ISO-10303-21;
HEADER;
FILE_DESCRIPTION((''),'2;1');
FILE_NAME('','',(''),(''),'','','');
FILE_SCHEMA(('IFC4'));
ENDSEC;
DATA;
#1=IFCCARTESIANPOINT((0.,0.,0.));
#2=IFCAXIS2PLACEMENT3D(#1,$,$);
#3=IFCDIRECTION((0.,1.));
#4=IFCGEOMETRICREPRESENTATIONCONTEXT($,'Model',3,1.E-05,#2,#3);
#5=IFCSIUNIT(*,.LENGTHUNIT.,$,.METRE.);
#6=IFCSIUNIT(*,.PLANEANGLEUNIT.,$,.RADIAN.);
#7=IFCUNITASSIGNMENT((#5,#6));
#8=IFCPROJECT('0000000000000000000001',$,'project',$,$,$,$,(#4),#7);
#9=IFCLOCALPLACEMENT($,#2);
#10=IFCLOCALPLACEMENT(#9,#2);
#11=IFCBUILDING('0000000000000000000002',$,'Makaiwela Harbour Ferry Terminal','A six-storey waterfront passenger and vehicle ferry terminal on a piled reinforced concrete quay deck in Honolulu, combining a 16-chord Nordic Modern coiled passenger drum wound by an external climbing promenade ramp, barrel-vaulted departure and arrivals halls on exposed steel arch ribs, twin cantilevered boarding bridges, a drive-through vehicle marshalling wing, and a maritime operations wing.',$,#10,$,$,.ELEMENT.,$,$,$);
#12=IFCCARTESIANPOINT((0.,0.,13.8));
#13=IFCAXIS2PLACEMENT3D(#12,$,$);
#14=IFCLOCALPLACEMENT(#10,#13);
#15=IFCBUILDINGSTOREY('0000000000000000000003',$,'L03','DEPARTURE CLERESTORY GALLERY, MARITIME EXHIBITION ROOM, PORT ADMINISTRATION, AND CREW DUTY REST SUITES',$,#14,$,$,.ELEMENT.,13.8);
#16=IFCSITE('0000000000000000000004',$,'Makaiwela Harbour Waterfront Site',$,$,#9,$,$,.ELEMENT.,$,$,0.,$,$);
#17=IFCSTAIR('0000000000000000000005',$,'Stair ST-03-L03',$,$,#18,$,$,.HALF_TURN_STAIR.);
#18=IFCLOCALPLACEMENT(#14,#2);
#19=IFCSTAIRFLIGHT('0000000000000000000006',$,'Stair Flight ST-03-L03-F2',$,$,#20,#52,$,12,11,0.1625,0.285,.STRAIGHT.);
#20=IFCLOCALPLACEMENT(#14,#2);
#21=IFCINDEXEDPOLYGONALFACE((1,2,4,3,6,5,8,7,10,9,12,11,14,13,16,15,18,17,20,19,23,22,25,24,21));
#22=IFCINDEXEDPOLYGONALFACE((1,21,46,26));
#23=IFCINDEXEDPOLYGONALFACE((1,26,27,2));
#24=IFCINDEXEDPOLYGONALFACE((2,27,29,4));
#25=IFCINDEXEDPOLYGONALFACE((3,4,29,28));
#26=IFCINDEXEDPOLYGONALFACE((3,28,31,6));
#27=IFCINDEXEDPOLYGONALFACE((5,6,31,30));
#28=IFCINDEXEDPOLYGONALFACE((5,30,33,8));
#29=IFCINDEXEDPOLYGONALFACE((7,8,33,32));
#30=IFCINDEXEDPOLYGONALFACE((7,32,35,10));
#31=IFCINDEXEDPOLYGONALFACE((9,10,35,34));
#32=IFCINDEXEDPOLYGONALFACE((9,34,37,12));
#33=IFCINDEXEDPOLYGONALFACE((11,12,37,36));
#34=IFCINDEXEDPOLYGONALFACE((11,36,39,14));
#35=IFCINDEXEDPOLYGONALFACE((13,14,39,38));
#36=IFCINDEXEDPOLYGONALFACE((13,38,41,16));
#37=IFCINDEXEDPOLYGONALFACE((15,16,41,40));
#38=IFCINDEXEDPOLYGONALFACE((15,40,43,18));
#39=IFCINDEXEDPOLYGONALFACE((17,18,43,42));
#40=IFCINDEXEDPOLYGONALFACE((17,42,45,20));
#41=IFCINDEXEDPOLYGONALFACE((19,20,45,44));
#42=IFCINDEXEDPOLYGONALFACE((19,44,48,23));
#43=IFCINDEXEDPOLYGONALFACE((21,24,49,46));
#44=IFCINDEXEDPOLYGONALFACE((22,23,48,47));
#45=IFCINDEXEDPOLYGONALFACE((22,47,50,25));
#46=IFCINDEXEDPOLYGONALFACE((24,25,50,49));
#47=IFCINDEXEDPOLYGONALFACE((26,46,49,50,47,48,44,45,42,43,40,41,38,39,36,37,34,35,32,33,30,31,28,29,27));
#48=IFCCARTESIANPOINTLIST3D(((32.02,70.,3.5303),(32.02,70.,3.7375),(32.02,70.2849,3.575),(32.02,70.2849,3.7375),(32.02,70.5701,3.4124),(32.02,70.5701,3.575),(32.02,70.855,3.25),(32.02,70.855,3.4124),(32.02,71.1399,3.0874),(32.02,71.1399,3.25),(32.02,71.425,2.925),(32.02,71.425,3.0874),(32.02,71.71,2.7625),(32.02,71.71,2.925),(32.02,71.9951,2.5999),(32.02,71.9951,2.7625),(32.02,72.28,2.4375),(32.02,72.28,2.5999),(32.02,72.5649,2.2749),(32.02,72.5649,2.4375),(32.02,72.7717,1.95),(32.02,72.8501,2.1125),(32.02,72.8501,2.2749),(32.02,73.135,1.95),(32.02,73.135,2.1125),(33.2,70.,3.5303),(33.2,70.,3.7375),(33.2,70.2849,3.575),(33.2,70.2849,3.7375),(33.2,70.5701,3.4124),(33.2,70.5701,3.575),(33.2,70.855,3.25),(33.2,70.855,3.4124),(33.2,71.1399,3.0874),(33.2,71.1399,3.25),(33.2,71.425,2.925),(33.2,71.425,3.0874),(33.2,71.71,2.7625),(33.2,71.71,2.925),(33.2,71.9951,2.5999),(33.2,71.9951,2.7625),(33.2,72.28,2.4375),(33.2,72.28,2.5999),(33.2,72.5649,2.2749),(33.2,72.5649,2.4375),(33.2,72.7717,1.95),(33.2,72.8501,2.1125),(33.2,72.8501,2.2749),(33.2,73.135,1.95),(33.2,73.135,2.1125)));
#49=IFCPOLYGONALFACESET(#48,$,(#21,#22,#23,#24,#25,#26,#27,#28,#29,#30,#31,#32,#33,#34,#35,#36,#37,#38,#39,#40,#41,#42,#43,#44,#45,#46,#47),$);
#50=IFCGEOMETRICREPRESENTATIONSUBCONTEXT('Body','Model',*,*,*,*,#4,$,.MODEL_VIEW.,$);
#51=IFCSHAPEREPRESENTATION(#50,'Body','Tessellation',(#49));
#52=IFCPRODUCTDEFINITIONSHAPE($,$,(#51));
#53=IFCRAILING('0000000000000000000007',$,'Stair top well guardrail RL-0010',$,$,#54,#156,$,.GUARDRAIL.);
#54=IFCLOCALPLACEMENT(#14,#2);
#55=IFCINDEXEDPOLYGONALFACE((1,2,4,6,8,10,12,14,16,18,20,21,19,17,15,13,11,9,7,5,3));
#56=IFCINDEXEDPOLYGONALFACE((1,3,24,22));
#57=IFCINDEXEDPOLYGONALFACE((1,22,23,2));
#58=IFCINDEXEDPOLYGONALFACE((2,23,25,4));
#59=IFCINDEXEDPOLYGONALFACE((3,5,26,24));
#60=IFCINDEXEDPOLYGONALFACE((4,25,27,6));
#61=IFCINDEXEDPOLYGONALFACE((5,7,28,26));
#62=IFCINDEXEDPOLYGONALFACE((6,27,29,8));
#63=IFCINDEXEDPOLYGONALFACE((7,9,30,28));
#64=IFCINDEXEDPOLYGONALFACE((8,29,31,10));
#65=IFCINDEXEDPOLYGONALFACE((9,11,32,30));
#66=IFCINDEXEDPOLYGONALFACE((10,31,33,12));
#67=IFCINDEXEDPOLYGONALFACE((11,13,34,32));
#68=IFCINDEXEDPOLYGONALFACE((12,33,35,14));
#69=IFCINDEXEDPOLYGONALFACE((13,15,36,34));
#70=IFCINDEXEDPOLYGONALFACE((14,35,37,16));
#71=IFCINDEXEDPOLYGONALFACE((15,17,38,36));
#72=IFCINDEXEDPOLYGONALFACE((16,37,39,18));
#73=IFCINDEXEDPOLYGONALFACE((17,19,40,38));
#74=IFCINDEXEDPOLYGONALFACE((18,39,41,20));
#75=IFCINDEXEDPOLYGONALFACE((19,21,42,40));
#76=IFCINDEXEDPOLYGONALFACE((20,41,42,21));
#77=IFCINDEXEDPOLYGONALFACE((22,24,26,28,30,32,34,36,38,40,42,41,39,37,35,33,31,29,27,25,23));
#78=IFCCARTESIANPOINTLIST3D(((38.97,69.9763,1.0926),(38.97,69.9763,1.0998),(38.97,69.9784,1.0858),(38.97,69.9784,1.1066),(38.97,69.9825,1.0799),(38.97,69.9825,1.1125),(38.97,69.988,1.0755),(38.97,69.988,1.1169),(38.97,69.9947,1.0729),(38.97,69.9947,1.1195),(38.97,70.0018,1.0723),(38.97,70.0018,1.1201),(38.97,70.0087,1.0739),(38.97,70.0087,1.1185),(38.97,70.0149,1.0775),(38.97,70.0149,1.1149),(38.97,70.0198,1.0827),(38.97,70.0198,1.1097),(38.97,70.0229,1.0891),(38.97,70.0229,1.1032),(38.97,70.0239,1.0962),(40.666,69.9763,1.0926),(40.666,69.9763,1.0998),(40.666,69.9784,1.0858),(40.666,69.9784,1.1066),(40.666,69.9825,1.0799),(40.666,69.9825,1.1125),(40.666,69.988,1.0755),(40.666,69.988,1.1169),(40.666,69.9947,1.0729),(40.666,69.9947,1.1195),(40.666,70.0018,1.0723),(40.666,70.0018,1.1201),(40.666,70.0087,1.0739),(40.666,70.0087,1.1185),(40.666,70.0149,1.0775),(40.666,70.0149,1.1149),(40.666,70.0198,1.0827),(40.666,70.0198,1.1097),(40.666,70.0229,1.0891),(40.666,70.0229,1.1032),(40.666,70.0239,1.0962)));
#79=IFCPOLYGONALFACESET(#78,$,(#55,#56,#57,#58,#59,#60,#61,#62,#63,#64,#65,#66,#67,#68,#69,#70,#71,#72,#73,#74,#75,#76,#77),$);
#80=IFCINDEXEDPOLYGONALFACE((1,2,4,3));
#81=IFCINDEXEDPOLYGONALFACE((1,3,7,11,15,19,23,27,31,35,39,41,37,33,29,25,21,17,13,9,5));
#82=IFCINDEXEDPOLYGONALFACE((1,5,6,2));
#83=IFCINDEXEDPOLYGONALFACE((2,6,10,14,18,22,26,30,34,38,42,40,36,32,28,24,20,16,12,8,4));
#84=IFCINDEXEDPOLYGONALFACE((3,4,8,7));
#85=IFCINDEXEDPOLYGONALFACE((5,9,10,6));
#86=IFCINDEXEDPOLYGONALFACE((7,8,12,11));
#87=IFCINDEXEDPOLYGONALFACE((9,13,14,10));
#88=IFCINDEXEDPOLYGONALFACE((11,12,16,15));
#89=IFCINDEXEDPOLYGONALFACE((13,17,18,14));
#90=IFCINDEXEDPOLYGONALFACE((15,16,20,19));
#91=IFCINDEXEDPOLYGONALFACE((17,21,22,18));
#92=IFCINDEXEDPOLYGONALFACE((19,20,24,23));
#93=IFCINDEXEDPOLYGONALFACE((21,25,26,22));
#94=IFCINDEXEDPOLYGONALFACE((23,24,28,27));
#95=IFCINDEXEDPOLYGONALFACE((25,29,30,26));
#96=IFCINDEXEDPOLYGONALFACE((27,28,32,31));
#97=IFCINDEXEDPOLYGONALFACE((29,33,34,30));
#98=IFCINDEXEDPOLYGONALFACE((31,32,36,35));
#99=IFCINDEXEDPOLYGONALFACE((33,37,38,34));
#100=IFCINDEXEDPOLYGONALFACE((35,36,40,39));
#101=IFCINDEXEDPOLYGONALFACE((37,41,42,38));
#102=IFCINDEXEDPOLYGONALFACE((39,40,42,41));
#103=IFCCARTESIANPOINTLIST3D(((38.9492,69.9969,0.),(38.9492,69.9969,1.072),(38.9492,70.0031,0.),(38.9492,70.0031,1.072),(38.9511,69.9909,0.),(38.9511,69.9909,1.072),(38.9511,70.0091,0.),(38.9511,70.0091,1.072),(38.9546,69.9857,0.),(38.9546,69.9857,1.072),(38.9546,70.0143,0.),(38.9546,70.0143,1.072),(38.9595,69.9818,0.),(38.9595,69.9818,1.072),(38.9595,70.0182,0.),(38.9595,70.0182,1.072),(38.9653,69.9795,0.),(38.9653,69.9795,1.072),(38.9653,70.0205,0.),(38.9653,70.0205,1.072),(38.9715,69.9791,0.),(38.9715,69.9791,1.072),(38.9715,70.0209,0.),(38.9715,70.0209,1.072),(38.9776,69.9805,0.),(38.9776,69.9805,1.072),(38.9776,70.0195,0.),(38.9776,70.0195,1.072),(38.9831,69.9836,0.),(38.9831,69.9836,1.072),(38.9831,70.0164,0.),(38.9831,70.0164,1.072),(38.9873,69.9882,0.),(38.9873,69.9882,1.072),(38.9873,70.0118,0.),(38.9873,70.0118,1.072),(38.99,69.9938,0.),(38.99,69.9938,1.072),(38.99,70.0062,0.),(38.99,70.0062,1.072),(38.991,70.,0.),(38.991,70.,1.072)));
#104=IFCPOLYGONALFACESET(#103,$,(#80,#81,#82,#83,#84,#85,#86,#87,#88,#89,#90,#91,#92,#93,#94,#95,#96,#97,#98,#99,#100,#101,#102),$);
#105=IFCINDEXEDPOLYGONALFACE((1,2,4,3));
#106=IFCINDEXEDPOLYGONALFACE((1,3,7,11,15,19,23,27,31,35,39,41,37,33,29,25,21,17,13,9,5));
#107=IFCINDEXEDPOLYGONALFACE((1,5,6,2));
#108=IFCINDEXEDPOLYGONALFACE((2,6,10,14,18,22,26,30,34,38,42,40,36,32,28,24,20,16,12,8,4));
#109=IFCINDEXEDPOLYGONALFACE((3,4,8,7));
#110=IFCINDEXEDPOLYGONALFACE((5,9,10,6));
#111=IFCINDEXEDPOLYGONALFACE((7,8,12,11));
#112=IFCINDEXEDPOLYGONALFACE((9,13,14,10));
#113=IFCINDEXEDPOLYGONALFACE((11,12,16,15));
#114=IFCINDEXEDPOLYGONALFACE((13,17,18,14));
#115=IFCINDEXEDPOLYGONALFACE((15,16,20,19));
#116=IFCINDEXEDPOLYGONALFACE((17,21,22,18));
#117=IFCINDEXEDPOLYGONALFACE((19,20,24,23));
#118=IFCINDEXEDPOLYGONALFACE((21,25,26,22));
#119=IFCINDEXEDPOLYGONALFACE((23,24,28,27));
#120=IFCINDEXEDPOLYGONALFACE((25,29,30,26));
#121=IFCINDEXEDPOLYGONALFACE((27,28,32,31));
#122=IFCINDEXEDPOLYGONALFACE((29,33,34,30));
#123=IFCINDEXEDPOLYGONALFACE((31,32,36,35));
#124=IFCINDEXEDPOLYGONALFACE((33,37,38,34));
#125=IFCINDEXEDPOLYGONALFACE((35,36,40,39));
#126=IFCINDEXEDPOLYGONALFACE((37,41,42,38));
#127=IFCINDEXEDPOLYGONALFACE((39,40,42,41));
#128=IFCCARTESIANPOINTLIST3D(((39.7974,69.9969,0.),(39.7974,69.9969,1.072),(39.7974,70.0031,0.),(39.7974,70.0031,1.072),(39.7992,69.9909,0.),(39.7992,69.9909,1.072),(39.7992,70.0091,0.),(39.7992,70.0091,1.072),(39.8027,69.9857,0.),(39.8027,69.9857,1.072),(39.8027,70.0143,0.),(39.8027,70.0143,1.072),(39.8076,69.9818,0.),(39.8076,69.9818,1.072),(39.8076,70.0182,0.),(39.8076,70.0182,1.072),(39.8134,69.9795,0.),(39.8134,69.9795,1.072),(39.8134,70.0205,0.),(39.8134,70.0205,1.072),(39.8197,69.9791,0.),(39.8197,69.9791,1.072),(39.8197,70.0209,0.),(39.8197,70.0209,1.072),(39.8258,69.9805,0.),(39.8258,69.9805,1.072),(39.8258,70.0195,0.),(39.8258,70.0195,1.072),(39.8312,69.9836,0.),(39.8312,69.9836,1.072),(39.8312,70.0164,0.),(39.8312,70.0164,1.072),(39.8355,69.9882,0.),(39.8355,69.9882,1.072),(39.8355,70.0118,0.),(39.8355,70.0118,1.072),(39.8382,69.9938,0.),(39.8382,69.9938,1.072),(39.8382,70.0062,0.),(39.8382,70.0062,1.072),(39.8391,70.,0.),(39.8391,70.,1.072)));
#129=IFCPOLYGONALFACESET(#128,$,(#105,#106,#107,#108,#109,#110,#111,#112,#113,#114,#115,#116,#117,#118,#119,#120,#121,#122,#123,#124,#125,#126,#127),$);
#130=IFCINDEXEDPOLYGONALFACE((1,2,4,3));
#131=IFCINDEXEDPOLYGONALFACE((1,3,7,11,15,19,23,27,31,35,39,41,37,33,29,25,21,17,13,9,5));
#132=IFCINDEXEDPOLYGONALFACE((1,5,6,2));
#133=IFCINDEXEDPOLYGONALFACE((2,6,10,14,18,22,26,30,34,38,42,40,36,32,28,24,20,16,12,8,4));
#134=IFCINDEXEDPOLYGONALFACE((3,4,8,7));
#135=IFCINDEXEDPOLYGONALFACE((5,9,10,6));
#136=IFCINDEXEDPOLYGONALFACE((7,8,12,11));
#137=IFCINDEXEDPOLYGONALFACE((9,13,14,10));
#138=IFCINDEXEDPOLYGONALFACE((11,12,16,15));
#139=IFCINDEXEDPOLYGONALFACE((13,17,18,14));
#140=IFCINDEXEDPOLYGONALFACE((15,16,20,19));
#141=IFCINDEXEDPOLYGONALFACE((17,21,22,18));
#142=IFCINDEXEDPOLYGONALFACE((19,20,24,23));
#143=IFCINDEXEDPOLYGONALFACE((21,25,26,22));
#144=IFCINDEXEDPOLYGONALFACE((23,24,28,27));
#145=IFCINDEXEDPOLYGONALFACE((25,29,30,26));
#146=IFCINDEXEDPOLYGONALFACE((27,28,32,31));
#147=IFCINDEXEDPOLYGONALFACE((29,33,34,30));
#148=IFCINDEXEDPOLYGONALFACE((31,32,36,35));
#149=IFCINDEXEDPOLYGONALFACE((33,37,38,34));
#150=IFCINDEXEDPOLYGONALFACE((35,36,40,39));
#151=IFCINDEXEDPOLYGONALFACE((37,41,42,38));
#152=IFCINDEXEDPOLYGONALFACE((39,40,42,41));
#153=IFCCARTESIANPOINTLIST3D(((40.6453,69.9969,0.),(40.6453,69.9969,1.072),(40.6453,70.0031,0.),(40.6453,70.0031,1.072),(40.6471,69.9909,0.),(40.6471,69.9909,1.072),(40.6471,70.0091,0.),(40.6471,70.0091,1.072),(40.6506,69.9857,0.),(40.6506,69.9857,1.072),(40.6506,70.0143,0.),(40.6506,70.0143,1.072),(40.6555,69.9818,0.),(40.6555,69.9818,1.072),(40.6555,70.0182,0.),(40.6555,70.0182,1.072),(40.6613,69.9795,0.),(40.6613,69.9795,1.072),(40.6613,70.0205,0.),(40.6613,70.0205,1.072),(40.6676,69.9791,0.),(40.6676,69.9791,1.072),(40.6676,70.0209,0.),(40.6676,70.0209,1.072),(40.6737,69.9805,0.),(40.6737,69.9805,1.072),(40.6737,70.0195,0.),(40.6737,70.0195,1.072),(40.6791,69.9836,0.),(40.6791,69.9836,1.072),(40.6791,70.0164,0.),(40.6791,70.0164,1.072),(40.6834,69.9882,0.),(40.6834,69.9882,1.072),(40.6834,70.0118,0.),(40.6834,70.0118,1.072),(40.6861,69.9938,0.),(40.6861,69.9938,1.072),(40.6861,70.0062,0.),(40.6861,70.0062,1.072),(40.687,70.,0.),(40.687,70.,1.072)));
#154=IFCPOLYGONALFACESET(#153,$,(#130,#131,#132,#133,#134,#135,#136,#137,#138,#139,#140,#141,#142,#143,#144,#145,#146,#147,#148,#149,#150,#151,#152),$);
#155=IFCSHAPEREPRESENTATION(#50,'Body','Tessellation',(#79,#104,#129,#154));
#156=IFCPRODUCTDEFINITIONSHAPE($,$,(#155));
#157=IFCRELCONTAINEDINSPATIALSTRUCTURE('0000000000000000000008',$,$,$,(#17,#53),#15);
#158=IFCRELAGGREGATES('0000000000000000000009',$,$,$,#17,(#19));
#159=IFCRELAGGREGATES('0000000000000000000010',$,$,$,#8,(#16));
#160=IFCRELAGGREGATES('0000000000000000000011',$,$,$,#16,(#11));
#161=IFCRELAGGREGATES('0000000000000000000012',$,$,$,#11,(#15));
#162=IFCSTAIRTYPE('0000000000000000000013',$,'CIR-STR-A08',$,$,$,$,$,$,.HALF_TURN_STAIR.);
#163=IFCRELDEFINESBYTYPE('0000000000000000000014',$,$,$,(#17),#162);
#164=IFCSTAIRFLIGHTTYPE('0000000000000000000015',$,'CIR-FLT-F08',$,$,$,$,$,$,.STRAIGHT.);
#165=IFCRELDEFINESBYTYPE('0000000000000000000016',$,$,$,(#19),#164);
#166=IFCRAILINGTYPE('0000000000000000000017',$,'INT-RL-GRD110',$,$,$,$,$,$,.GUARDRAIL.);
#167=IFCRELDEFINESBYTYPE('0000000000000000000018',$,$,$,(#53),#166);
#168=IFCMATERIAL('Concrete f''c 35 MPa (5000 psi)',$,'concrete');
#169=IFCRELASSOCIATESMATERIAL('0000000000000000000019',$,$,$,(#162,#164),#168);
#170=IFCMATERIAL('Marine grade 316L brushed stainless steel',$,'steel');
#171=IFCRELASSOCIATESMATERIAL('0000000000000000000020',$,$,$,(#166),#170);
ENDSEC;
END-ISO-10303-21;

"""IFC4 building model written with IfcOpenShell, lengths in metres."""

from ifc_helpers import new_model, si_unit, direction, frame, origin, origin_2d, place, context, subcontext, project, spatial, polyline, circle, outline, extrude, material, type_object, element, aggregate, save


model = new_model("IFC4")

# Units and contexts
model_context = context("Model", 3, precision=1e-05, world=origin(), true_north=direction((0.0, 1.0)))
body_context = subcontext(model_context, "Body", "Model", "MODEL_VIEW")
ifc_project = project(units=[si_unit("LENGTHUNIT", "METRE"), si_unit("PLANEANGLEUNIT", "RADIAN")], contexts=[model_context])

# Site, building, storey
site_placement = place(None, origin())
site = spatial("IfcSite", under=ifc_project, at=site_placement, Name="Makaiwela Harbour Waterfront Site", CompositionType="ELEMENT", RefElevation=0.0)
building_placement = place(site_placement, origin())
building = spatial("IfcBuilding", under=site, at=building_placement, Name="Makaiwela Harbour Ferry Terminal", Description="A six-storey waterfront passenger and vehicle ferry terminal on a piled reinforced concrete quay deck in Honolulu, combining a 16-chord Nordic Modern coiled passenger drum wound by an external climbing promenade ramp, barrel-vaulted departure and arrivals halls on exposed steel arch ribs, twin cantilevered boarding bridges, a drive-through vehicle marshalling wing, and a maritime operations wing.", CompositionType="ELEMENT")
storey_placement = place(building_placement, frame((0.0, 0.0, 13.8)))
storey = spatial("IfcBuildingStorey", under=building, at=storey_placement, Name="L03", Description="DEPARTURE CLERESTORY GALLERY, MARITIME EXHIBITION ROOM, PORT ADMINISTRATION, AND CREW DUTY REST SUITES", CompositionType="ELEMENT", Elevation=13.8)

# Shared definitions
ifc_material_1 = material(Name="Marine grade 316L brushed stainless steel", Category="steel")

# Stair, stair flight
ifc_material_2 = material(Name="Concrete f'c 35 MPa (5000 psi)", Category="concrete")
stair_type_1 = type_object("IfcStairType", Name="CIR-STR-A08", PredefinedType="HALF_TURN_STAIR", material=ifc_material_2)
stair_1_placement = place(storey_placement, origin())
stair_1 = element("IfcStair", 1, at=stair_1_placement, inside=storey, type_object=stair_type_1, Name="Stair ST-03-L03", PredefinedType="HALF_TURN_STAIR")
stair_flight_type_1 = type_object("IfcStairFlightType", Name="CIR-FLT-F08", PredefinedType="STRAIGHT", material=ifc_material_2)
stair_flight_1_placement = place(storey_placement, frame((32.6101, 73.135, 1.95), z_axis=(0.0, 0.0, 1.0), x_axis=(0.0, -1.0, 0.0)))
stair_flight_1 = element("IfcStairFlight", 2, at=stair_flight_1_placement, type_object=stair_flight_type_1, Name="Stair Flight ST-03-L03-F2", NumberOfRisers=12, NumberOfTreads=11, PredefinedType="STRAIGHT", RiserHeight=0.1625, TreadLength=0.285, context=body_context, shape_type="SweptSolid", body=[
    extrude(outline(polyline([(0.0, 0.0), (0.0, 0.1626), (0.2849, 0.1626), (0.2849, 0.325), (0.5701, 0.325), (0.5701, 0.4875), (0.855, 0.4875), (0.855, 0.6499), (1.1399, 0.6499), (1.1399, 0.8125), (1.425, 0.8125), (1.425, 0.9751), (1.71, 0.9751), (1.71, 1.1375), (1.9951, 1.1375), (1.9951, 1.3), (2.28, 1.3), (2.28, 1.4624), (2.5649, 1.4624), (2.5649, 1.625), (2.8501, 1.625), (2.8501, 1.7876), (3.135, 1.7876), (3.135, 1.95), (3.135, 1.5803), (0.3633, 0.0), (0.0, 0.0)])), frame((0.0, 0.5898, 0.0), z_axis=(0.0, -1.0, 0.0), x_axis=(1.0, 0.0, 0.0)), (0.0, 0.0, 1.0), 1.1799),
])
aggregate(stair_1, [stair_flight_1])

# Railing
railing_type_1 = type_object("IfcRailingType", Name="INT-RL-GRD110", PredefinedType="GUARDRAIL", material=ifc_material_1)
railing_1_placement = place(storey_placement, frame((38.97, 70.0, 0.0)))
element("IfcRailing", 3, at=railing_1_placement, inside=storey, type_object=railing_type_1, Name="Stair top well guardrail RL-0010", PredefinedType="GUARDRAIL", context=body_context, shape_type="SweptSolid", body=[
    extrude(circle(Radius=0.0239, at=origin_2d()), frame((0.0, 0.0, 1.0962), z_axis=(1.0, 0.0, 0.0), x_axis=(0.0, 1.0, 0.0)), (0.0, 0.0, 1.0), 1.696),
    extrude(circle(Radius=0.021, at=origin_2d()), origin(), (0.0, 0.0, 1.0), 1.072),
    extrude(circle(Radius=0.021, at=origin_2d()), frame((0.8481, 0.0, 0.0)), (0.0, 0.0, 1.0), 1.072),
    extrude(circle(Radius=0.021, at=origin_2d()), frame((1.696, 0.0, 0.0)), (0.0, 0.0, 1.0), 1.072),
])

save(model, "model.ifc")
